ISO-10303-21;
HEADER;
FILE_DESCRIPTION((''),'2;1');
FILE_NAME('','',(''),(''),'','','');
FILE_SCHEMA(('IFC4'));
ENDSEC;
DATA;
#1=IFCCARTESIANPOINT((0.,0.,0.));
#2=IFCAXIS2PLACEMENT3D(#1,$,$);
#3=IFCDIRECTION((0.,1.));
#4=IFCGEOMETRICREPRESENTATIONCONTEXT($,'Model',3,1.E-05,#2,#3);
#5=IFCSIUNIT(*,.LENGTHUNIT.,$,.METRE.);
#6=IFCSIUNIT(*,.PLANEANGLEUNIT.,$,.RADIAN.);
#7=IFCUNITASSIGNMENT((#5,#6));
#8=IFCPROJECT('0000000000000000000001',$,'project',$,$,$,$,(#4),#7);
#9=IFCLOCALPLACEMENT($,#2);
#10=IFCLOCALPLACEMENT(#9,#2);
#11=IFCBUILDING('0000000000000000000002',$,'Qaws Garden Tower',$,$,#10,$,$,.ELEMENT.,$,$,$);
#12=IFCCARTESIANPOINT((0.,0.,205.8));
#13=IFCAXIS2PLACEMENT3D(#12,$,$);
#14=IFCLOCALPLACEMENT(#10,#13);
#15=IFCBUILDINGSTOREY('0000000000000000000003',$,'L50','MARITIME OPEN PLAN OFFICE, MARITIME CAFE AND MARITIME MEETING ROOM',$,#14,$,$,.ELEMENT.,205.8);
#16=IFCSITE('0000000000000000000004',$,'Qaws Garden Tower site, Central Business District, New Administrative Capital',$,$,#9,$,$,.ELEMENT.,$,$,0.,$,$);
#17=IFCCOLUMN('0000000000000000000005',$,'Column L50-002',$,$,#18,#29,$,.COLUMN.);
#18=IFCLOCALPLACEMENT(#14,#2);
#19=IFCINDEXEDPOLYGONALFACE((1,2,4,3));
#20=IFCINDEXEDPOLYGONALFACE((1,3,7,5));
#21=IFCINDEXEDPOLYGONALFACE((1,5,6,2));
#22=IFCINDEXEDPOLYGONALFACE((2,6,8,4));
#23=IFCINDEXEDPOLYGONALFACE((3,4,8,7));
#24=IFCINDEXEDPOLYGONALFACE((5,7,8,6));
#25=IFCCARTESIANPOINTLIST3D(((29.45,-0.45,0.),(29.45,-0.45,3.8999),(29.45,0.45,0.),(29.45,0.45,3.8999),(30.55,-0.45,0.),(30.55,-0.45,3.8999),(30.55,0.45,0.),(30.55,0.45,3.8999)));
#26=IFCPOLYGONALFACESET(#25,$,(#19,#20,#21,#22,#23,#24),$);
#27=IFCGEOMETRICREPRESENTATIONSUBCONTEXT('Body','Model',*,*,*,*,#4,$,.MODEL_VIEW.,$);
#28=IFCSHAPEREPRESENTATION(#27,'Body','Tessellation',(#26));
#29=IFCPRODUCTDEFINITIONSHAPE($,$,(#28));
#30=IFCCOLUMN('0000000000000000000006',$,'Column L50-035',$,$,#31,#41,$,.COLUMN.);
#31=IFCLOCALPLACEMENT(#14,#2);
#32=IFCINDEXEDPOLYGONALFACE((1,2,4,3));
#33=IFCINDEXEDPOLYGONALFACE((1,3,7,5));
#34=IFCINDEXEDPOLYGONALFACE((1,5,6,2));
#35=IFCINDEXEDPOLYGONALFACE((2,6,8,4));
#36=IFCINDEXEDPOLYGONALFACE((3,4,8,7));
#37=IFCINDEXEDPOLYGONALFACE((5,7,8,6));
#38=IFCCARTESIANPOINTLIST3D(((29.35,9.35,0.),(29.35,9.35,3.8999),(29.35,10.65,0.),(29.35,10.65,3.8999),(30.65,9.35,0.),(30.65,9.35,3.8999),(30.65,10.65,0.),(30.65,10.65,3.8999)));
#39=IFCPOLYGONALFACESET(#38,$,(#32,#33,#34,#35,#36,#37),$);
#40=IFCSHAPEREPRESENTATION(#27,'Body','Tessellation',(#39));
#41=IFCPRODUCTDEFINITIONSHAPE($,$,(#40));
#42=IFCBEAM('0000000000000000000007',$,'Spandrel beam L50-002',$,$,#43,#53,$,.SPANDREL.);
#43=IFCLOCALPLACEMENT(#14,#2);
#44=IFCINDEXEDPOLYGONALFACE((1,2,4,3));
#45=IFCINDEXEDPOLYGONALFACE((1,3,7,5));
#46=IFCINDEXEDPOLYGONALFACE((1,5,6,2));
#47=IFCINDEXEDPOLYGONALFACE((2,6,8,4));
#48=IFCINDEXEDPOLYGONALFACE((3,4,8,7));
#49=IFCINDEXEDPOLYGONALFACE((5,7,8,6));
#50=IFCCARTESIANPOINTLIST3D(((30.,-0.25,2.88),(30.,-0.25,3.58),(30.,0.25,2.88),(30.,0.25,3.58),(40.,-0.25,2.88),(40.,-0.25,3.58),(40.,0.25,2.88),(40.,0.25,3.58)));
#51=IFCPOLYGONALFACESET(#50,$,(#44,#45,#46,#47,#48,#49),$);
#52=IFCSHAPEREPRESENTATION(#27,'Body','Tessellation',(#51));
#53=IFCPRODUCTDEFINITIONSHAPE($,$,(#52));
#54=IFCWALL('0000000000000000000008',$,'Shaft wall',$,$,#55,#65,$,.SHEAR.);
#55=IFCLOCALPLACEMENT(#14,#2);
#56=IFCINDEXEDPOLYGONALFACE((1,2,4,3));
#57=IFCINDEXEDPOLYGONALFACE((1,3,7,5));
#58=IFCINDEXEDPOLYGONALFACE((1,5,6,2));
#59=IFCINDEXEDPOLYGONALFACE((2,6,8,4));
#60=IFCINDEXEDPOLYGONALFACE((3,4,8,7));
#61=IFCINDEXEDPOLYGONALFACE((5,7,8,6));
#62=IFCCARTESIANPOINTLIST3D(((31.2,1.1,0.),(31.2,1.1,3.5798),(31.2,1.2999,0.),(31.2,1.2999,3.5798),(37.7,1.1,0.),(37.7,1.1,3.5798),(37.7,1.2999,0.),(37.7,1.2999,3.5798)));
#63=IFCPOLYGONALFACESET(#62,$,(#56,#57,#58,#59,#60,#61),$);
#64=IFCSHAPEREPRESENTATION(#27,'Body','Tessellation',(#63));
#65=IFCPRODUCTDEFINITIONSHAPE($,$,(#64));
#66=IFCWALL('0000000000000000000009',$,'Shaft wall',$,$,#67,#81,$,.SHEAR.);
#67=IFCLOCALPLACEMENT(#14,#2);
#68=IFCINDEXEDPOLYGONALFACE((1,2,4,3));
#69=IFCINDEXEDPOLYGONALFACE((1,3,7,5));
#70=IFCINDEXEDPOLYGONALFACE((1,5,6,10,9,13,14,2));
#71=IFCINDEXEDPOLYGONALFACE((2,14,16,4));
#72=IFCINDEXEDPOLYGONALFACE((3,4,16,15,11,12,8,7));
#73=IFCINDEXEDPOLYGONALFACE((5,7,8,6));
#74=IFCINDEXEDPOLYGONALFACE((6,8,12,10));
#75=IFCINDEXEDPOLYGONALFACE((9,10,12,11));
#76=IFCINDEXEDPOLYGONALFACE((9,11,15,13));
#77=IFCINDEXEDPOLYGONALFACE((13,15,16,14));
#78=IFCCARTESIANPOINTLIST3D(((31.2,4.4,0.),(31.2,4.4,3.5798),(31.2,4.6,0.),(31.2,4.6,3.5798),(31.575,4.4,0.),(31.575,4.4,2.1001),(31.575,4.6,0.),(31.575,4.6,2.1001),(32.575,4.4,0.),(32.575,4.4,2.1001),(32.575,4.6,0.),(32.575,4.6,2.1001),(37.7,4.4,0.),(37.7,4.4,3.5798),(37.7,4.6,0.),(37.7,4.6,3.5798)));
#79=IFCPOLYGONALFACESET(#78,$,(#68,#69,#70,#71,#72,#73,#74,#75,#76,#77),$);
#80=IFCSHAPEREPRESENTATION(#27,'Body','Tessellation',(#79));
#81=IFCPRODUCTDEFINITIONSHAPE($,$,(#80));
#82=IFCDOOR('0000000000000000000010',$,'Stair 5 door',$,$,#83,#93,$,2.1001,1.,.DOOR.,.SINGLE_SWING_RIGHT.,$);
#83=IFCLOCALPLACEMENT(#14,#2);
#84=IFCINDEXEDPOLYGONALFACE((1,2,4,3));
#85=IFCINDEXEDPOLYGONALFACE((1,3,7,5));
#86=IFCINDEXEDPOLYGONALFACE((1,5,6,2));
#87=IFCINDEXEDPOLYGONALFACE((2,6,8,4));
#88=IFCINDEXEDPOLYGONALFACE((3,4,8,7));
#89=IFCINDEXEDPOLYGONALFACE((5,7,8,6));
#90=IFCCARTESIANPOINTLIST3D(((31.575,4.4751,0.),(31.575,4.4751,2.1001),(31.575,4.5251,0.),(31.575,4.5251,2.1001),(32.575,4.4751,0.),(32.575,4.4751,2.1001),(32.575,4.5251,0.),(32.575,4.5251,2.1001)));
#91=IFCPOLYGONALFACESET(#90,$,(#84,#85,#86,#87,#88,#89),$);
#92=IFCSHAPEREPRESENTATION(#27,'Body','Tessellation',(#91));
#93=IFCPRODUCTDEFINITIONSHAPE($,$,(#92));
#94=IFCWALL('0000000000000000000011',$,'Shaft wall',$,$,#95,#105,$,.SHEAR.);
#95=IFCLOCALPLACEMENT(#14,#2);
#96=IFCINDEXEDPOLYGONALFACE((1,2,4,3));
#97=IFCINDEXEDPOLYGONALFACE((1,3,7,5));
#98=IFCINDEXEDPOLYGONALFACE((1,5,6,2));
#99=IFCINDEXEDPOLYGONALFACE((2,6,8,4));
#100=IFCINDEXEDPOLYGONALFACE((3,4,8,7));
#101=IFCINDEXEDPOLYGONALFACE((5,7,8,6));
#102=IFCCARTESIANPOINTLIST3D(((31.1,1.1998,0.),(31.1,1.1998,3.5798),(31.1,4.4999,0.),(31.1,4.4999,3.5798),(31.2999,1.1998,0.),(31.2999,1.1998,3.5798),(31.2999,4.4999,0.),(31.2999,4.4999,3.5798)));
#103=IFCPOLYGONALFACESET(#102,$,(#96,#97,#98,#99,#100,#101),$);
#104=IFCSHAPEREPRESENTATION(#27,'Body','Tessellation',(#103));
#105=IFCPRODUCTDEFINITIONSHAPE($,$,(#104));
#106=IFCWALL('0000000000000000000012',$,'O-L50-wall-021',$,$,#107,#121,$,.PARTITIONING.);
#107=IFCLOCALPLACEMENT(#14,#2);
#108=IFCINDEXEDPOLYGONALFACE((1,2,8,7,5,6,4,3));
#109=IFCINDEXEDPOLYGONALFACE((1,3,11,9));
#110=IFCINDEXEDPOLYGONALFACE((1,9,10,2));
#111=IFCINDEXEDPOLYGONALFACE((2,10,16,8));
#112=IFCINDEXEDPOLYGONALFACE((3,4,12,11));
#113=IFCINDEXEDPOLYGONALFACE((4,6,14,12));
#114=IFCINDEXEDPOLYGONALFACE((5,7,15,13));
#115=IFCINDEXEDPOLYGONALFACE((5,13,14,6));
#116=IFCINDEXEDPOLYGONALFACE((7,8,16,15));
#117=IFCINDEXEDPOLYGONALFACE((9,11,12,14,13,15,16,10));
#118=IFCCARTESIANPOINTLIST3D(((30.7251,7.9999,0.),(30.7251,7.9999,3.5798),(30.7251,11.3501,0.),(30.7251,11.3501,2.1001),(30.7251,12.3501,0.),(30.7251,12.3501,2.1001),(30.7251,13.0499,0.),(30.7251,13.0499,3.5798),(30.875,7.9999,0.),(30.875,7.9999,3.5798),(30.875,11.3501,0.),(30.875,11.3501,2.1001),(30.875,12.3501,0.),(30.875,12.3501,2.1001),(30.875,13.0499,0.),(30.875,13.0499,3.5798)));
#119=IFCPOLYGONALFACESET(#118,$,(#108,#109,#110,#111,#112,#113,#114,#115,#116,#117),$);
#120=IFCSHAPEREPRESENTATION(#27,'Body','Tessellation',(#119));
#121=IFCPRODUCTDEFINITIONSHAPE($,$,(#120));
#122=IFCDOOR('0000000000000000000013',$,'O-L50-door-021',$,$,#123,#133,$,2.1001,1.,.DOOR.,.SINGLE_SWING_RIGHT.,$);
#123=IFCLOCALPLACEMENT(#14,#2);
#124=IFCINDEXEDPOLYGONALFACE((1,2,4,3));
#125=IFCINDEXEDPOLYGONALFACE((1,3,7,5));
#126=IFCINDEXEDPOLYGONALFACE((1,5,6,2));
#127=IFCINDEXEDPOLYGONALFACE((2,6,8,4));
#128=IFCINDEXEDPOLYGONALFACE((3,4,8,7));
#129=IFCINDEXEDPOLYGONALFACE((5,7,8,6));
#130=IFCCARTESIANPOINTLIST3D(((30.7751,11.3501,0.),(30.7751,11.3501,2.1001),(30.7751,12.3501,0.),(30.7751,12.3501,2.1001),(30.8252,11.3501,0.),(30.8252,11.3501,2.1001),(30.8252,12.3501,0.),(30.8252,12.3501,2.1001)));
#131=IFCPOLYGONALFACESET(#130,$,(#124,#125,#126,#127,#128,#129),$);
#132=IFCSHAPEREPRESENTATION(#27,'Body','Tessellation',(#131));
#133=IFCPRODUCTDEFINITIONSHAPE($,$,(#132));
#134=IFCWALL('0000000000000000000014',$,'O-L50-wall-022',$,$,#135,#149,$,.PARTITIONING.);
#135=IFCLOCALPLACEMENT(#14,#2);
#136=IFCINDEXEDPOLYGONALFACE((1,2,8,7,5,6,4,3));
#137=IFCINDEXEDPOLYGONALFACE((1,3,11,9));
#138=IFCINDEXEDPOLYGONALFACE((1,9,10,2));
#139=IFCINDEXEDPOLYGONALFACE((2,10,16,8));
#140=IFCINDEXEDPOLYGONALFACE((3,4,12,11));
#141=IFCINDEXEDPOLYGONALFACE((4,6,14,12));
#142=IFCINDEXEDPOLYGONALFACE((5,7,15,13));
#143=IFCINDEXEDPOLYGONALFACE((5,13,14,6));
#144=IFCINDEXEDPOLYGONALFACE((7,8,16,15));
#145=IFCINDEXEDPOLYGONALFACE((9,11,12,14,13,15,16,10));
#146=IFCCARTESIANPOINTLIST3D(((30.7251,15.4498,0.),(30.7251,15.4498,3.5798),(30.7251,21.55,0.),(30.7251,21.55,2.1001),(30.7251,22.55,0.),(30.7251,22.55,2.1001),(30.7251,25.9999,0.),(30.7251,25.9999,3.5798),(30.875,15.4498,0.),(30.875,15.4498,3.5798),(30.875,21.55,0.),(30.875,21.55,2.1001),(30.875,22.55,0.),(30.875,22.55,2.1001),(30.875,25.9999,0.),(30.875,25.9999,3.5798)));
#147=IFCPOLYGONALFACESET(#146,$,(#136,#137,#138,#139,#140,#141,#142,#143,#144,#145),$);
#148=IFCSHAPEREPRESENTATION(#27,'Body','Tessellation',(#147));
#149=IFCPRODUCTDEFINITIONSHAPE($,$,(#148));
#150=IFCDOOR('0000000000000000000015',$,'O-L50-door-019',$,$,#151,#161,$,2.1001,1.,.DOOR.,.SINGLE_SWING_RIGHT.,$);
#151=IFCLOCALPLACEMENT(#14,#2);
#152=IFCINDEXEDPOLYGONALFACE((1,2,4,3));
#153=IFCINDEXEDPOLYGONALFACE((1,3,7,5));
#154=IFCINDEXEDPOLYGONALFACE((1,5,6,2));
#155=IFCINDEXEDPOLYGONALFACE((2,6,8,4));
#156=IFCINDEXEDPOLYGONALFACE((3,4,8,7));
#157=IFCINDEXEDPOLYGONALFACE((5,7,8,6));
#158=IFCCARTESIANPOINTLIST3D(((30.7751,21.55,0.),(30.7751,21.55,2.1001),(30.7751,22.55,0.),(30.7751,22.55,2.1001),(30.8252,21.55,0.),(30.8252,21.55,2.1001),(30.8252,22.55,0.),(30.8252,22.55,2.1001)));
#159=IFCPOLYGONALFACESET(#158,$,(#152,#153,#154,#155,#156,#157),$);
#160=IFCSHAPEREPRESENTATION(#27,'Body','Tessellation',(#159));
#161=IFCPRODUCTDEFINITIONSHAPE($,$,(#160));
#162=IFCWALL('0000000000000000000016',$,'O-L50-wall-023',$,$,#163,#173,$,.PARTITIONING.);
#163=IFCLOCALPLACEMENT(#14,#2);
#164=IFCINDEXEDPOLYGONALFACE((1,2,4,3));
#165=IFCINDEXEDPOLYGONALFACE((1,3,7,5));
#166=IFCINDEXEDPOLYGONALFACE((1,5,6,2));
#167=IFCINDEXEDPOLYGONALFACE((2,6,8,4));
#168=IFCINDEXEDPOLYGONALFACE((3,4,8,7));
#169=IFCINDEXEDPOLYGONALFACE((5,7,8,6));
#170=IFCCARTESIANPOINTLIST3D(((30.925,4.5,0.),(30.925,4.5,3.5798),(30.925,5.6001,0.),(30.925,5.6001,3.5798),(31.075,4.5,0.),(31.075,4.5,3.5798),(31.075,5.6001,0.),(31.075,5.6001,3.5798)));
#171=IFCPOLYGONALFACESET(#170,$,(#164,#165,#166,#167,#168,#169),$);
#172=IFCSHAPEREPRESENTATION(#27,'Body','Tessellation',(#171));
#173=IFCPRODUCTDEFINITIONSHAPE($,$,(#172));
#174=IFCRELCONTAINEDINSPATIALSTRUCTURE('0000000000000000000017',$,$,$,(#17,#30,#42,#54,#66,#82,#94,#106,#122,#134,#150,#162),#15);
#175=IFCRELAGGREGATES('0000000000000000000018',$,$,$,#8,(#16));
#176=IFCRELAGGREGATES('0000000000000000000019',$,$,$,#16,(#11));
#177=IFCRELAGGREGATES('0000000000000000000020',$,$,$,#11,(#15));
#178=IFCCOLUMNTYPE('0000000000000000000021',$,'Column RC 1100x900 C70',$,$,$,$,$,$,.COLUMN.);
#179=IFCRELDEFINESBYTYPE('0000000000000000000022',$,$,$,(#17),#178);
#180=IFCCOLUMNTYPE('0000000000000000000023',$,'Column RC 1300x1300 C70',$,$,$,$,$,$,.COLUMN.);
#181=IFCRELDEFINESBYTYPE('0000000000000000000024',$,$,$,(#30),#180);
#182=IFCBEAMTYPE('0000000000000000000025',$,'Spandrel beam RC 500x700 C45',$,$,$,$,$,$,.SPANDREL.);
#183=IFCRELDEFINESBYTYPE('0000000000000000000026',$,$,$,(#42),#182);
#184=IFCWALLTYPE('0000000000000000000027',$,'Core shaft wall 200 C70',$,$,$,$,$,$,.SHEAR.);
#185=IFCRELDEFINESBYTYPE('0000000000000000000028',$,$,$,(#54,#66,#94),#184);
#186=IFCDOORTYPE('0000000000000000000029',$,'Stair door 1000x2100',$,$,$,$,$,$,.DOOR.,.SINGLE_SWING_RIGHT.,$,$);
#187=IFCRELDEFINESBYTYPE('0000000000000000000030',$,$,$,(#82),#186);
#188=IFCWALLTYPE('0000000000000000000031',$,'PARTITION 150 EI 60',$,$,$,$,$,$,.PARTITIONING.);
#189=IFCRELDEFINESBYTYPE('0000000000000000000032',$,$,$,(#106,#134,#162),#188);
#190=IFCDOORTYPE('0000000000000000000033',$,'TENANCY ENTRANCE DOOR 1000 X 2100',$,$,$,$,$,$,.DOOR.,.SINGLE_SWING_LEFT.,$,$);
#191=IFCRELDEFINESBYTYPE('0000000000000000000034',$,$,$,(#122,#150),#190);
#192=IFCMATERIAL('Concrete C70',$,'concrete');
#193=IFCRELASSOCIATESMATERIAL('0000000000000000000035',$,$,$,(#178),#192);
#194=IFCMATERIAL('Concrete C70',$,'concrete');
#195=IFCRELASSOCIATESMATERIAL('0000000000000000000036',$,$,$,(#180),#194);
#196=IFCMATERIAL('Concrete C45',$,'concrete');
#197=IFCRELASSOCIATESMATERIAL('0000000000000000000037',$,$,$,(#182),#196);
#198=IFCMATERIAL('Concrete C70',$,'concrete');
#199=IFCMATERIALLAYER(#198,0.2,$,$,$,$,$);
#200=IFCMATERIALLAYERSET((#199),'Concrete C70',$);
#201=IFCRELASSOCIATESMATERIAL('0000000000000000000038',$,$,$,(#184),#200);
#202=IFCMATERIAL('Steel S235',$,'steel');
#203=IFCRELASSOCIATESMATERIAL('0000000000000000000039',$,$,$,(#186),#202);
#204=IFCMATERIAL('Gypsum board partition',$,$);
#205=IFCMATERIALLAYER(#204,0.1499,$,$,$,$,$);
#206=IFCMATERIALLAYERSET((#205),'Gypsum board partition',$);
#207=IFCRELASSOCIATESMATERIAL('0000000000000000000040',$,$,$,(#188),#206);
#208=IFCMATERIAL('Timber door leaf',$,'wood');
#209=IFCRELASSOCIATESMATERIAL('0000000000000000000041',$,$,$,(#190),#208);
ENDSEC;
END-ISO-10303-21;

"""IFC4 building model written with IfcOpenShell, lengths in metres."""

from ifc_helpers import new_model, si_unit, direction, frame, frame_2d, origin, origin_2d, place, context, subcontext, project, spatial, rectangle, extrude, material, layer, layer_set, material_profile, profile_set, type_object, element, fill, save


model = new_model("IFC4")

# Units and contexts
model_context = context("Model", 3, precision=1e-05, world=origin(), true_north=direction((0.0, 1.0)))
body_context = subcontext(model_context, "Body", "Model", "MODEL_VIEW")
ifc_project = project(units=[si_unit("LENGTHUNIT", "METRE"), si_unit("PLANEANGLEUNIT", "RADIAN")], contexts=[model_context])

# Site, building, storey
site_placement = place(None, origin())
site = spatial("IfcSite", under=ifc_project, at=site_placement, Name="Qaws Garden Tower site, Central Business District, New Administrative Capital", CompositionType="ELEMENT", RefElevation=0.0)
building_placement = place(site_placement, origin())
building = spatial("IfcBuilding", under=site, at=building_placement, Name="Qaws Garden Tower", CompositionType="ELEMENT")
storey_placement = place(building_placement, frame((0.0, 0.0, 205.8)))
storey = spatial("IfcBuildingStorey", under=building, at=storey_placement, Name="L50", Description="MARITIME OPEN PLAN OFFICE, MARITIME CAFE AND MARITIME MEETING ROOM", CompositionType="ELEMENT", Elevation=205.8)

# Columns
ifc_material_1 = material(Name="Concrete C70", Category="concrete")
ifc_material_profile_1 = material_profile(ifc_material_1, rectangle(XDim=1.1001, YDim=0.8999, at=origin_2d()), Name="RC 1100x900")
ifc_profile_set_1 = profile_set([ifc_material_profile_1], Name="Concrete C70")
column_type_1 = type_object("IfcColumnType", Name="Column RC 1100x900 C70", PredefinedType="COLUMN", material=ifc_profile_set_1)
column_1_placement = place(storey_placement, frame((30.0, 0.0, 0.0), z_axis=(0.0, 0.0, 1.0), x_axis=(1.0, 0.0, 0.0)))
element("IfcColumn", 1, at=column_1_placement, inside=storey, type_object=column_type_1, Name="Column L50-002", PredefinedType="COLUMN", context=body_context, shape_type="SweptSolid", body=[
    extrude(rectangle(XDim=1.1001, YDim=0.8999, at=origin_2d()), origin(), (0.0, 0.0, 1.0), 3.8999),
])
ifc_material_2 = material(Name="Concrete C70", Category="concrete")
ifc_material_profile_2 = material_profile(ifc_material_2, rectangle(XDim=1.3, YDim=1.3, at=origin_2d()), Name="RC 1300x1300")
ifc_profile_set_2 = profile_set([ifc_material_profile_2], Name="Concrete C70")
column_type_2 = type_object("IfcColumnType", Name="Column RC 1300x1300 C70", PredefinedType="COLUMN", material=ifc_profile_set_2)
column_2_placement = place(storey_placement, frame((30.0, 10.0, 0.0), z_axis=(0.0, 0.0, 1.0), x_axis=(1.0, 0.0, 0.0)))
element("IfcColumn", 2, at=column_2_placement, inside=storey, type_object=column_type_2, Name="Column L50-035", PredefinedType="COLUMN", context=body_context, shape_type="SweptSolid", body=[
    extrude(rectangle(XDim=1.3, YDim=1.3, at=origin_2d()), origin(), (0.0, 0.0, 1.0), 3.8999),
])

# Beam
ifc_material_3 = material(Name="Concrete C45", Category="concrete")
ifc_material_profile_3 = material_profile(ifc_material_3, rectangle(XDim=0.5, YDim=0.7, at=origin_2d()), Name="RC 500x700")
ifc_profile_set_3 = profile_set([ifc_material_profile_3], Name="Concrete C45")
beam_type = type_object("IfcBeamType", Name="Spandrel beam RC 500x700 C45", PredefinedType="SPANDREL", material=ifc_profile_set_3)
beam_placement = place(storey_placement, frame((30.0, 0.0, 3.23), z_axis=(1.0, 0.0, 0.0), x_axis=(0.0, 1.0, 0.0)))
element("IfcBeam", 3, at=beam_placement, inside=storey, type_object=beam_type, Name="Spandrel beam L50-002", PredefinedType="SPANDREL", context=body_context, shape_type="SweptSolid", body=[
    extrude(rectangle(XDim=0.5, YDim=0.7, at=origin_2d()), origin(), (0.0, 0.0, 1.0), 10.0),
])

# Wall
ifc_material_4 = material(Name="Concrete C70", Category="concrete")
ifc_layer_1 = layer(ifc_material_4, 0.2)
ifc_layer_set_1 = layer_set([ifc_layer_1], Name="Concrete C70")
wall_type_1 = type_object("IfcWallType", Name="Core shaft wall 200 C70", PredefinedType="SHEAR", material=ifc_layer_set_1)
wall_1_placement = place(storey_placement, frame((31.2, 1.2, 0.0), z_axis=(0.0, 0.0, 1.0), x_axis=(1.0, 0.0, 0.0)))
element("IfcWall", 4, at=wall_1_placement, inside=storey, type_object=wall_type_1, Name="Shaft wall", PredefinedType="SHEAR", context=body_context, shape_type="SweptSolid", body=[
    extrude(rectangle(XDim=6.5, YDim=0.2, at=frame_2d((3.25, 0.0))), origin(), (0.0, 0.0, 1.0), 3.5798),
])

# Wall, opening, door
wall_2_placement = place(storey_placement, frame((31.2, 4.5, 0.0), z_axis=(0.0, 0.0, 1.0), x_axis=(1.0, 0.0, 0.0)))
wall_2 = element("IfcWall", 5, at=wall_2_placement, inside=storey, type_object=wall_type_1, Name="Shaft wall", PredefinedType="SHEAR", context=body_context, shape_type="SweptSolid", body=[
    extrude(rectangle(XDim=6.5, YDim=0.2, at=frame_2d((3.25, 0.0))), origin(), (0.0, 0.0, 1.0), 3.5798),
])
opening_1_placement = place(wall_2_placement, frame((0.375, 0.0, 0.0)))
opening_1 = element("IfcOpeningElement", 6, at=opening_1_placement, cuts=wall_2, PredefinedType="OPENING", context=body_context, shape_type="SweptSolid", body=[
    extrude(rectangle(XDim=1.0, YDim=2.1001, at=frame_2d((0.5, 1.05))), frame((0.0, 0.1099, 0.0), z_axis=(0.0, -1.0, 0.0), x_axis=(1.0, 0.0, 0.0)), (0.0, 0.0, 1.0), 0.22),
])
ifc_material_5 = material(Name="Steel S235", Category="steel")
door_type_1 = type_object("IfcDoorType", Name="Stair door 1000x2100", OperationType="SINGLE_SWING_RIGHT", PredefinedType="DOOR", material=ifc_material_5)
door_1_placement = place(opening_1_placement, frame((1.0, 0.0, 0.0), z_axis=(0.0, 0.0, 1.0), x_axis=(-1.0, 0.0, 0.0)))
door_1 = element("IfcDoor", 7, at=door_1_placement, inside=storey, type_object=door_type_1, Name="Stair 5 door", OperationType="SINGLE_SWING_RIGHT", OverallHeight=2.1001, OverallWidth=1.0, PredefinedType="DOOR", context=body_context, shape_type="SweptSolid", body=[
    extrude(rectangle(XDim=1.0, YDim=2.1001, at=frame_2d((0.5, 1.05))), frame((0.0, 0.0249, 0.0), z_axis=(0.0, -1.0, 0.0), x_axis=(1.0, 0.0, 0.0)), (0.0, 0.0, 1.0), 0.05),
])
fill(opening_1, door_1)

# Wall
wall_3_placement = place(storey_placement, frame((31.2, 1.2, 0.0), z_axis=(0.0, 0.0, 1.0), x_axis=(0.0, 1.0, 0.0)))
element("IfcWall", 8, at=wall_3_placement, inside=storey, type_object=wall_type_1, Name="Shaft wall", PredefinedType="SHEAR", context=body_context, shape_type="SweptSolid", body=[
    extrude(rectangle(XDim=3.3, YDim=0.2, at=frame_2d((1.6499, 0.0))), origin(), (0.0, 0.0, 1.0), 3.5798),
])

# Walls, openings, doors
ifc_material_6 = material(Name="Gypsum board partition")
ifc_layer_2 = layer(ifc_material_6, 0.1499)
ifc_layer_set_2 = layer_set([ifc_layer_2], Name="Gypsum board partition")
wall_type_2 = type_object("IfcWallType", Name="PARTITION 150 EI 60", PredefinedType="PARTITIONING", material=ifc_layer_set_2)
wall_4_placement = place(storey_placement, frame((30.8, 8.0, 0.0), z_axis=(0.0, 0.0, 1.0), x_axis=(0.0, 1.0, 0.0)))
wall_4 = element("IfcWall", 9, at=wall_4_placement, inside=storey, type_object=wall_type_2, Name="O-L50-wall-021", PredefinedType="PARTITIONING", context=body_context, shape_type="SweptSolid", body=[
    extrude(rectangle(XDim=5.05, YDim=0.1499, at=frame_2d((2.5249, 0.0))), origin(), (0.0, 0.0, 1.0), 3.5798),
])
opening_2_placement = place(wall_4_placement, frame((3.3501, 0.0, 0.0)))
opening_2 = element("IfcOpeningElement", 10, at=opening_2_placement, cuts=wall_4, PredefinedType="OPENING", context=body_context, shape_type="SweptSolid", body=[
    extrude(rectangle(XDim=1.0, YDim=2.1001, at=frame_2d((0.5, 1.05))), frame((0.0, 0.085, 0.0), z_axis=(0.0, -1.0, 0.0), x_axis=(1.0, 0.0, 0.0)), (0.0, 0.0, 1.0), 0.1699),
])
ifc_material_7 = material(Name="Timber door leaf", Category="wood")
door_type_2 = type_object("IfcDoorType", Name="TENANCY ENTRANCE DOOR 1000 X 2100", OperationType="SINGLE_SWING_LEFT", PredefinedType="DOOR", material=ifc_material_7)
door_2_placement = place(opening_2_placement, origin())
door_2 = element("IfcDoor", 11, at=door_2_placement, inside=storey, type_object=door_type_2, Name="O-L50-door-021", OperationType="SINGLE_SWING_RIGHT", OverallHeight=2.1001, OverallWidth=1.0, PredefinedType="DOOR", context=body_context, shape_type="SweptSolid", body=[
    extrude(rectangle(XDim=1.0, YDim=2.1001, at=frame_2d((0.5, 1.05))), frame((0.0, 0.0249, 0.0), z_axis=(0.0, -1.0, 0.0), x_axis=(1.0, 0.0, 0.0)), (0.0, 0.0, 1.0), 0.05),
])
fill(opening_2, door_2)
wall_5_placement = place(storey_placement, frame((30.8, 15.45, 0.0), z_axis=(0.0, 0.0, 1.0), x_axis=(0.0, 1.0, 0.0)))
wall_5 = element("IfcWall", 12, at=wall_5_placement, inside=storey, type_object=wall_type_2, Name="O-L50-wall-022", PredefinedType="PARTITIONING", context=body_context, shape_type="SweptSolid", body=[
    extrude(rectangle(XDim=10.55, YDim=0.1499, at=frame_2d((5.2749, 0.0))), origin(), (0.0, 0.0, 1.0), 3.5798),
])
opening_3_placement = place(wall_5_placement, frame((6.1001, 0.0, 0.0)))
opening_3 = element("IfcOpeningElement", 13, at=opening_3_placement, cuts=wall_5, PredefinedType="OPENING", context=body_context, shape_type="SweptSolid", body=[
    extrude(rectangle(XDim=1.0, YDim=2.1001, at=frame_2d((0.5, 1.05))), frame((0.0, 0.085, 0.0), z_axis=(0.0, -1.0, 0.0), x_axis=(1.0, 0.0, 0.0)), (0.0, 0.0, 1.0), 0.1699),
])
door_3_placement = place(opening_3_placement, origin())
door_3 = element("IfcDoor", 14, at=door_3_placement, inside=storey, type_object=door_type_2, Name="O-L50-door-019", OperationType="SINGLE_SWING_RIGHT", OverallHeight=2.1001, OverallWidth=1.0, PredefinedType="DOOR", context=body_context, shape_type="SweptSolid", body=[
    extrude(rectangle(XDim=1.0, YDim=2.1001, at=frame_2d((0.5, 1.05))), frame((0.0, 0.0249, 0.0), z_axis=(0.0, -1.0, 0.0), x_axis=(1.0, 0.0, 0.0)), (0.0, 0.0, 1.0), 0.05),
])
fill(opening_3, door_3)

# Wall
wall_6_placement = place(storey_placement, frame((31.0, 4.5, 0.0), z_axis=(0.0, 0.0, 1.0), x_axis=(0.0, 1.0, 0.0)))
element("IfcWall", 15, at=wall_6_placement, inside=storey, type_object=wall_type_2, Name="O-L50-wall-023", PredefinedType="PARTITIONING", context=body_context, shape_type="SweptSolid", body=[
    extrude(rectangle(XDim=1.1001, YDim=0.1499, at=frame_2d((0.55, 0.0))), origin(), (0.0, 0.0, 1.0), 3.5798),
])

save(model, "model.ifc")
